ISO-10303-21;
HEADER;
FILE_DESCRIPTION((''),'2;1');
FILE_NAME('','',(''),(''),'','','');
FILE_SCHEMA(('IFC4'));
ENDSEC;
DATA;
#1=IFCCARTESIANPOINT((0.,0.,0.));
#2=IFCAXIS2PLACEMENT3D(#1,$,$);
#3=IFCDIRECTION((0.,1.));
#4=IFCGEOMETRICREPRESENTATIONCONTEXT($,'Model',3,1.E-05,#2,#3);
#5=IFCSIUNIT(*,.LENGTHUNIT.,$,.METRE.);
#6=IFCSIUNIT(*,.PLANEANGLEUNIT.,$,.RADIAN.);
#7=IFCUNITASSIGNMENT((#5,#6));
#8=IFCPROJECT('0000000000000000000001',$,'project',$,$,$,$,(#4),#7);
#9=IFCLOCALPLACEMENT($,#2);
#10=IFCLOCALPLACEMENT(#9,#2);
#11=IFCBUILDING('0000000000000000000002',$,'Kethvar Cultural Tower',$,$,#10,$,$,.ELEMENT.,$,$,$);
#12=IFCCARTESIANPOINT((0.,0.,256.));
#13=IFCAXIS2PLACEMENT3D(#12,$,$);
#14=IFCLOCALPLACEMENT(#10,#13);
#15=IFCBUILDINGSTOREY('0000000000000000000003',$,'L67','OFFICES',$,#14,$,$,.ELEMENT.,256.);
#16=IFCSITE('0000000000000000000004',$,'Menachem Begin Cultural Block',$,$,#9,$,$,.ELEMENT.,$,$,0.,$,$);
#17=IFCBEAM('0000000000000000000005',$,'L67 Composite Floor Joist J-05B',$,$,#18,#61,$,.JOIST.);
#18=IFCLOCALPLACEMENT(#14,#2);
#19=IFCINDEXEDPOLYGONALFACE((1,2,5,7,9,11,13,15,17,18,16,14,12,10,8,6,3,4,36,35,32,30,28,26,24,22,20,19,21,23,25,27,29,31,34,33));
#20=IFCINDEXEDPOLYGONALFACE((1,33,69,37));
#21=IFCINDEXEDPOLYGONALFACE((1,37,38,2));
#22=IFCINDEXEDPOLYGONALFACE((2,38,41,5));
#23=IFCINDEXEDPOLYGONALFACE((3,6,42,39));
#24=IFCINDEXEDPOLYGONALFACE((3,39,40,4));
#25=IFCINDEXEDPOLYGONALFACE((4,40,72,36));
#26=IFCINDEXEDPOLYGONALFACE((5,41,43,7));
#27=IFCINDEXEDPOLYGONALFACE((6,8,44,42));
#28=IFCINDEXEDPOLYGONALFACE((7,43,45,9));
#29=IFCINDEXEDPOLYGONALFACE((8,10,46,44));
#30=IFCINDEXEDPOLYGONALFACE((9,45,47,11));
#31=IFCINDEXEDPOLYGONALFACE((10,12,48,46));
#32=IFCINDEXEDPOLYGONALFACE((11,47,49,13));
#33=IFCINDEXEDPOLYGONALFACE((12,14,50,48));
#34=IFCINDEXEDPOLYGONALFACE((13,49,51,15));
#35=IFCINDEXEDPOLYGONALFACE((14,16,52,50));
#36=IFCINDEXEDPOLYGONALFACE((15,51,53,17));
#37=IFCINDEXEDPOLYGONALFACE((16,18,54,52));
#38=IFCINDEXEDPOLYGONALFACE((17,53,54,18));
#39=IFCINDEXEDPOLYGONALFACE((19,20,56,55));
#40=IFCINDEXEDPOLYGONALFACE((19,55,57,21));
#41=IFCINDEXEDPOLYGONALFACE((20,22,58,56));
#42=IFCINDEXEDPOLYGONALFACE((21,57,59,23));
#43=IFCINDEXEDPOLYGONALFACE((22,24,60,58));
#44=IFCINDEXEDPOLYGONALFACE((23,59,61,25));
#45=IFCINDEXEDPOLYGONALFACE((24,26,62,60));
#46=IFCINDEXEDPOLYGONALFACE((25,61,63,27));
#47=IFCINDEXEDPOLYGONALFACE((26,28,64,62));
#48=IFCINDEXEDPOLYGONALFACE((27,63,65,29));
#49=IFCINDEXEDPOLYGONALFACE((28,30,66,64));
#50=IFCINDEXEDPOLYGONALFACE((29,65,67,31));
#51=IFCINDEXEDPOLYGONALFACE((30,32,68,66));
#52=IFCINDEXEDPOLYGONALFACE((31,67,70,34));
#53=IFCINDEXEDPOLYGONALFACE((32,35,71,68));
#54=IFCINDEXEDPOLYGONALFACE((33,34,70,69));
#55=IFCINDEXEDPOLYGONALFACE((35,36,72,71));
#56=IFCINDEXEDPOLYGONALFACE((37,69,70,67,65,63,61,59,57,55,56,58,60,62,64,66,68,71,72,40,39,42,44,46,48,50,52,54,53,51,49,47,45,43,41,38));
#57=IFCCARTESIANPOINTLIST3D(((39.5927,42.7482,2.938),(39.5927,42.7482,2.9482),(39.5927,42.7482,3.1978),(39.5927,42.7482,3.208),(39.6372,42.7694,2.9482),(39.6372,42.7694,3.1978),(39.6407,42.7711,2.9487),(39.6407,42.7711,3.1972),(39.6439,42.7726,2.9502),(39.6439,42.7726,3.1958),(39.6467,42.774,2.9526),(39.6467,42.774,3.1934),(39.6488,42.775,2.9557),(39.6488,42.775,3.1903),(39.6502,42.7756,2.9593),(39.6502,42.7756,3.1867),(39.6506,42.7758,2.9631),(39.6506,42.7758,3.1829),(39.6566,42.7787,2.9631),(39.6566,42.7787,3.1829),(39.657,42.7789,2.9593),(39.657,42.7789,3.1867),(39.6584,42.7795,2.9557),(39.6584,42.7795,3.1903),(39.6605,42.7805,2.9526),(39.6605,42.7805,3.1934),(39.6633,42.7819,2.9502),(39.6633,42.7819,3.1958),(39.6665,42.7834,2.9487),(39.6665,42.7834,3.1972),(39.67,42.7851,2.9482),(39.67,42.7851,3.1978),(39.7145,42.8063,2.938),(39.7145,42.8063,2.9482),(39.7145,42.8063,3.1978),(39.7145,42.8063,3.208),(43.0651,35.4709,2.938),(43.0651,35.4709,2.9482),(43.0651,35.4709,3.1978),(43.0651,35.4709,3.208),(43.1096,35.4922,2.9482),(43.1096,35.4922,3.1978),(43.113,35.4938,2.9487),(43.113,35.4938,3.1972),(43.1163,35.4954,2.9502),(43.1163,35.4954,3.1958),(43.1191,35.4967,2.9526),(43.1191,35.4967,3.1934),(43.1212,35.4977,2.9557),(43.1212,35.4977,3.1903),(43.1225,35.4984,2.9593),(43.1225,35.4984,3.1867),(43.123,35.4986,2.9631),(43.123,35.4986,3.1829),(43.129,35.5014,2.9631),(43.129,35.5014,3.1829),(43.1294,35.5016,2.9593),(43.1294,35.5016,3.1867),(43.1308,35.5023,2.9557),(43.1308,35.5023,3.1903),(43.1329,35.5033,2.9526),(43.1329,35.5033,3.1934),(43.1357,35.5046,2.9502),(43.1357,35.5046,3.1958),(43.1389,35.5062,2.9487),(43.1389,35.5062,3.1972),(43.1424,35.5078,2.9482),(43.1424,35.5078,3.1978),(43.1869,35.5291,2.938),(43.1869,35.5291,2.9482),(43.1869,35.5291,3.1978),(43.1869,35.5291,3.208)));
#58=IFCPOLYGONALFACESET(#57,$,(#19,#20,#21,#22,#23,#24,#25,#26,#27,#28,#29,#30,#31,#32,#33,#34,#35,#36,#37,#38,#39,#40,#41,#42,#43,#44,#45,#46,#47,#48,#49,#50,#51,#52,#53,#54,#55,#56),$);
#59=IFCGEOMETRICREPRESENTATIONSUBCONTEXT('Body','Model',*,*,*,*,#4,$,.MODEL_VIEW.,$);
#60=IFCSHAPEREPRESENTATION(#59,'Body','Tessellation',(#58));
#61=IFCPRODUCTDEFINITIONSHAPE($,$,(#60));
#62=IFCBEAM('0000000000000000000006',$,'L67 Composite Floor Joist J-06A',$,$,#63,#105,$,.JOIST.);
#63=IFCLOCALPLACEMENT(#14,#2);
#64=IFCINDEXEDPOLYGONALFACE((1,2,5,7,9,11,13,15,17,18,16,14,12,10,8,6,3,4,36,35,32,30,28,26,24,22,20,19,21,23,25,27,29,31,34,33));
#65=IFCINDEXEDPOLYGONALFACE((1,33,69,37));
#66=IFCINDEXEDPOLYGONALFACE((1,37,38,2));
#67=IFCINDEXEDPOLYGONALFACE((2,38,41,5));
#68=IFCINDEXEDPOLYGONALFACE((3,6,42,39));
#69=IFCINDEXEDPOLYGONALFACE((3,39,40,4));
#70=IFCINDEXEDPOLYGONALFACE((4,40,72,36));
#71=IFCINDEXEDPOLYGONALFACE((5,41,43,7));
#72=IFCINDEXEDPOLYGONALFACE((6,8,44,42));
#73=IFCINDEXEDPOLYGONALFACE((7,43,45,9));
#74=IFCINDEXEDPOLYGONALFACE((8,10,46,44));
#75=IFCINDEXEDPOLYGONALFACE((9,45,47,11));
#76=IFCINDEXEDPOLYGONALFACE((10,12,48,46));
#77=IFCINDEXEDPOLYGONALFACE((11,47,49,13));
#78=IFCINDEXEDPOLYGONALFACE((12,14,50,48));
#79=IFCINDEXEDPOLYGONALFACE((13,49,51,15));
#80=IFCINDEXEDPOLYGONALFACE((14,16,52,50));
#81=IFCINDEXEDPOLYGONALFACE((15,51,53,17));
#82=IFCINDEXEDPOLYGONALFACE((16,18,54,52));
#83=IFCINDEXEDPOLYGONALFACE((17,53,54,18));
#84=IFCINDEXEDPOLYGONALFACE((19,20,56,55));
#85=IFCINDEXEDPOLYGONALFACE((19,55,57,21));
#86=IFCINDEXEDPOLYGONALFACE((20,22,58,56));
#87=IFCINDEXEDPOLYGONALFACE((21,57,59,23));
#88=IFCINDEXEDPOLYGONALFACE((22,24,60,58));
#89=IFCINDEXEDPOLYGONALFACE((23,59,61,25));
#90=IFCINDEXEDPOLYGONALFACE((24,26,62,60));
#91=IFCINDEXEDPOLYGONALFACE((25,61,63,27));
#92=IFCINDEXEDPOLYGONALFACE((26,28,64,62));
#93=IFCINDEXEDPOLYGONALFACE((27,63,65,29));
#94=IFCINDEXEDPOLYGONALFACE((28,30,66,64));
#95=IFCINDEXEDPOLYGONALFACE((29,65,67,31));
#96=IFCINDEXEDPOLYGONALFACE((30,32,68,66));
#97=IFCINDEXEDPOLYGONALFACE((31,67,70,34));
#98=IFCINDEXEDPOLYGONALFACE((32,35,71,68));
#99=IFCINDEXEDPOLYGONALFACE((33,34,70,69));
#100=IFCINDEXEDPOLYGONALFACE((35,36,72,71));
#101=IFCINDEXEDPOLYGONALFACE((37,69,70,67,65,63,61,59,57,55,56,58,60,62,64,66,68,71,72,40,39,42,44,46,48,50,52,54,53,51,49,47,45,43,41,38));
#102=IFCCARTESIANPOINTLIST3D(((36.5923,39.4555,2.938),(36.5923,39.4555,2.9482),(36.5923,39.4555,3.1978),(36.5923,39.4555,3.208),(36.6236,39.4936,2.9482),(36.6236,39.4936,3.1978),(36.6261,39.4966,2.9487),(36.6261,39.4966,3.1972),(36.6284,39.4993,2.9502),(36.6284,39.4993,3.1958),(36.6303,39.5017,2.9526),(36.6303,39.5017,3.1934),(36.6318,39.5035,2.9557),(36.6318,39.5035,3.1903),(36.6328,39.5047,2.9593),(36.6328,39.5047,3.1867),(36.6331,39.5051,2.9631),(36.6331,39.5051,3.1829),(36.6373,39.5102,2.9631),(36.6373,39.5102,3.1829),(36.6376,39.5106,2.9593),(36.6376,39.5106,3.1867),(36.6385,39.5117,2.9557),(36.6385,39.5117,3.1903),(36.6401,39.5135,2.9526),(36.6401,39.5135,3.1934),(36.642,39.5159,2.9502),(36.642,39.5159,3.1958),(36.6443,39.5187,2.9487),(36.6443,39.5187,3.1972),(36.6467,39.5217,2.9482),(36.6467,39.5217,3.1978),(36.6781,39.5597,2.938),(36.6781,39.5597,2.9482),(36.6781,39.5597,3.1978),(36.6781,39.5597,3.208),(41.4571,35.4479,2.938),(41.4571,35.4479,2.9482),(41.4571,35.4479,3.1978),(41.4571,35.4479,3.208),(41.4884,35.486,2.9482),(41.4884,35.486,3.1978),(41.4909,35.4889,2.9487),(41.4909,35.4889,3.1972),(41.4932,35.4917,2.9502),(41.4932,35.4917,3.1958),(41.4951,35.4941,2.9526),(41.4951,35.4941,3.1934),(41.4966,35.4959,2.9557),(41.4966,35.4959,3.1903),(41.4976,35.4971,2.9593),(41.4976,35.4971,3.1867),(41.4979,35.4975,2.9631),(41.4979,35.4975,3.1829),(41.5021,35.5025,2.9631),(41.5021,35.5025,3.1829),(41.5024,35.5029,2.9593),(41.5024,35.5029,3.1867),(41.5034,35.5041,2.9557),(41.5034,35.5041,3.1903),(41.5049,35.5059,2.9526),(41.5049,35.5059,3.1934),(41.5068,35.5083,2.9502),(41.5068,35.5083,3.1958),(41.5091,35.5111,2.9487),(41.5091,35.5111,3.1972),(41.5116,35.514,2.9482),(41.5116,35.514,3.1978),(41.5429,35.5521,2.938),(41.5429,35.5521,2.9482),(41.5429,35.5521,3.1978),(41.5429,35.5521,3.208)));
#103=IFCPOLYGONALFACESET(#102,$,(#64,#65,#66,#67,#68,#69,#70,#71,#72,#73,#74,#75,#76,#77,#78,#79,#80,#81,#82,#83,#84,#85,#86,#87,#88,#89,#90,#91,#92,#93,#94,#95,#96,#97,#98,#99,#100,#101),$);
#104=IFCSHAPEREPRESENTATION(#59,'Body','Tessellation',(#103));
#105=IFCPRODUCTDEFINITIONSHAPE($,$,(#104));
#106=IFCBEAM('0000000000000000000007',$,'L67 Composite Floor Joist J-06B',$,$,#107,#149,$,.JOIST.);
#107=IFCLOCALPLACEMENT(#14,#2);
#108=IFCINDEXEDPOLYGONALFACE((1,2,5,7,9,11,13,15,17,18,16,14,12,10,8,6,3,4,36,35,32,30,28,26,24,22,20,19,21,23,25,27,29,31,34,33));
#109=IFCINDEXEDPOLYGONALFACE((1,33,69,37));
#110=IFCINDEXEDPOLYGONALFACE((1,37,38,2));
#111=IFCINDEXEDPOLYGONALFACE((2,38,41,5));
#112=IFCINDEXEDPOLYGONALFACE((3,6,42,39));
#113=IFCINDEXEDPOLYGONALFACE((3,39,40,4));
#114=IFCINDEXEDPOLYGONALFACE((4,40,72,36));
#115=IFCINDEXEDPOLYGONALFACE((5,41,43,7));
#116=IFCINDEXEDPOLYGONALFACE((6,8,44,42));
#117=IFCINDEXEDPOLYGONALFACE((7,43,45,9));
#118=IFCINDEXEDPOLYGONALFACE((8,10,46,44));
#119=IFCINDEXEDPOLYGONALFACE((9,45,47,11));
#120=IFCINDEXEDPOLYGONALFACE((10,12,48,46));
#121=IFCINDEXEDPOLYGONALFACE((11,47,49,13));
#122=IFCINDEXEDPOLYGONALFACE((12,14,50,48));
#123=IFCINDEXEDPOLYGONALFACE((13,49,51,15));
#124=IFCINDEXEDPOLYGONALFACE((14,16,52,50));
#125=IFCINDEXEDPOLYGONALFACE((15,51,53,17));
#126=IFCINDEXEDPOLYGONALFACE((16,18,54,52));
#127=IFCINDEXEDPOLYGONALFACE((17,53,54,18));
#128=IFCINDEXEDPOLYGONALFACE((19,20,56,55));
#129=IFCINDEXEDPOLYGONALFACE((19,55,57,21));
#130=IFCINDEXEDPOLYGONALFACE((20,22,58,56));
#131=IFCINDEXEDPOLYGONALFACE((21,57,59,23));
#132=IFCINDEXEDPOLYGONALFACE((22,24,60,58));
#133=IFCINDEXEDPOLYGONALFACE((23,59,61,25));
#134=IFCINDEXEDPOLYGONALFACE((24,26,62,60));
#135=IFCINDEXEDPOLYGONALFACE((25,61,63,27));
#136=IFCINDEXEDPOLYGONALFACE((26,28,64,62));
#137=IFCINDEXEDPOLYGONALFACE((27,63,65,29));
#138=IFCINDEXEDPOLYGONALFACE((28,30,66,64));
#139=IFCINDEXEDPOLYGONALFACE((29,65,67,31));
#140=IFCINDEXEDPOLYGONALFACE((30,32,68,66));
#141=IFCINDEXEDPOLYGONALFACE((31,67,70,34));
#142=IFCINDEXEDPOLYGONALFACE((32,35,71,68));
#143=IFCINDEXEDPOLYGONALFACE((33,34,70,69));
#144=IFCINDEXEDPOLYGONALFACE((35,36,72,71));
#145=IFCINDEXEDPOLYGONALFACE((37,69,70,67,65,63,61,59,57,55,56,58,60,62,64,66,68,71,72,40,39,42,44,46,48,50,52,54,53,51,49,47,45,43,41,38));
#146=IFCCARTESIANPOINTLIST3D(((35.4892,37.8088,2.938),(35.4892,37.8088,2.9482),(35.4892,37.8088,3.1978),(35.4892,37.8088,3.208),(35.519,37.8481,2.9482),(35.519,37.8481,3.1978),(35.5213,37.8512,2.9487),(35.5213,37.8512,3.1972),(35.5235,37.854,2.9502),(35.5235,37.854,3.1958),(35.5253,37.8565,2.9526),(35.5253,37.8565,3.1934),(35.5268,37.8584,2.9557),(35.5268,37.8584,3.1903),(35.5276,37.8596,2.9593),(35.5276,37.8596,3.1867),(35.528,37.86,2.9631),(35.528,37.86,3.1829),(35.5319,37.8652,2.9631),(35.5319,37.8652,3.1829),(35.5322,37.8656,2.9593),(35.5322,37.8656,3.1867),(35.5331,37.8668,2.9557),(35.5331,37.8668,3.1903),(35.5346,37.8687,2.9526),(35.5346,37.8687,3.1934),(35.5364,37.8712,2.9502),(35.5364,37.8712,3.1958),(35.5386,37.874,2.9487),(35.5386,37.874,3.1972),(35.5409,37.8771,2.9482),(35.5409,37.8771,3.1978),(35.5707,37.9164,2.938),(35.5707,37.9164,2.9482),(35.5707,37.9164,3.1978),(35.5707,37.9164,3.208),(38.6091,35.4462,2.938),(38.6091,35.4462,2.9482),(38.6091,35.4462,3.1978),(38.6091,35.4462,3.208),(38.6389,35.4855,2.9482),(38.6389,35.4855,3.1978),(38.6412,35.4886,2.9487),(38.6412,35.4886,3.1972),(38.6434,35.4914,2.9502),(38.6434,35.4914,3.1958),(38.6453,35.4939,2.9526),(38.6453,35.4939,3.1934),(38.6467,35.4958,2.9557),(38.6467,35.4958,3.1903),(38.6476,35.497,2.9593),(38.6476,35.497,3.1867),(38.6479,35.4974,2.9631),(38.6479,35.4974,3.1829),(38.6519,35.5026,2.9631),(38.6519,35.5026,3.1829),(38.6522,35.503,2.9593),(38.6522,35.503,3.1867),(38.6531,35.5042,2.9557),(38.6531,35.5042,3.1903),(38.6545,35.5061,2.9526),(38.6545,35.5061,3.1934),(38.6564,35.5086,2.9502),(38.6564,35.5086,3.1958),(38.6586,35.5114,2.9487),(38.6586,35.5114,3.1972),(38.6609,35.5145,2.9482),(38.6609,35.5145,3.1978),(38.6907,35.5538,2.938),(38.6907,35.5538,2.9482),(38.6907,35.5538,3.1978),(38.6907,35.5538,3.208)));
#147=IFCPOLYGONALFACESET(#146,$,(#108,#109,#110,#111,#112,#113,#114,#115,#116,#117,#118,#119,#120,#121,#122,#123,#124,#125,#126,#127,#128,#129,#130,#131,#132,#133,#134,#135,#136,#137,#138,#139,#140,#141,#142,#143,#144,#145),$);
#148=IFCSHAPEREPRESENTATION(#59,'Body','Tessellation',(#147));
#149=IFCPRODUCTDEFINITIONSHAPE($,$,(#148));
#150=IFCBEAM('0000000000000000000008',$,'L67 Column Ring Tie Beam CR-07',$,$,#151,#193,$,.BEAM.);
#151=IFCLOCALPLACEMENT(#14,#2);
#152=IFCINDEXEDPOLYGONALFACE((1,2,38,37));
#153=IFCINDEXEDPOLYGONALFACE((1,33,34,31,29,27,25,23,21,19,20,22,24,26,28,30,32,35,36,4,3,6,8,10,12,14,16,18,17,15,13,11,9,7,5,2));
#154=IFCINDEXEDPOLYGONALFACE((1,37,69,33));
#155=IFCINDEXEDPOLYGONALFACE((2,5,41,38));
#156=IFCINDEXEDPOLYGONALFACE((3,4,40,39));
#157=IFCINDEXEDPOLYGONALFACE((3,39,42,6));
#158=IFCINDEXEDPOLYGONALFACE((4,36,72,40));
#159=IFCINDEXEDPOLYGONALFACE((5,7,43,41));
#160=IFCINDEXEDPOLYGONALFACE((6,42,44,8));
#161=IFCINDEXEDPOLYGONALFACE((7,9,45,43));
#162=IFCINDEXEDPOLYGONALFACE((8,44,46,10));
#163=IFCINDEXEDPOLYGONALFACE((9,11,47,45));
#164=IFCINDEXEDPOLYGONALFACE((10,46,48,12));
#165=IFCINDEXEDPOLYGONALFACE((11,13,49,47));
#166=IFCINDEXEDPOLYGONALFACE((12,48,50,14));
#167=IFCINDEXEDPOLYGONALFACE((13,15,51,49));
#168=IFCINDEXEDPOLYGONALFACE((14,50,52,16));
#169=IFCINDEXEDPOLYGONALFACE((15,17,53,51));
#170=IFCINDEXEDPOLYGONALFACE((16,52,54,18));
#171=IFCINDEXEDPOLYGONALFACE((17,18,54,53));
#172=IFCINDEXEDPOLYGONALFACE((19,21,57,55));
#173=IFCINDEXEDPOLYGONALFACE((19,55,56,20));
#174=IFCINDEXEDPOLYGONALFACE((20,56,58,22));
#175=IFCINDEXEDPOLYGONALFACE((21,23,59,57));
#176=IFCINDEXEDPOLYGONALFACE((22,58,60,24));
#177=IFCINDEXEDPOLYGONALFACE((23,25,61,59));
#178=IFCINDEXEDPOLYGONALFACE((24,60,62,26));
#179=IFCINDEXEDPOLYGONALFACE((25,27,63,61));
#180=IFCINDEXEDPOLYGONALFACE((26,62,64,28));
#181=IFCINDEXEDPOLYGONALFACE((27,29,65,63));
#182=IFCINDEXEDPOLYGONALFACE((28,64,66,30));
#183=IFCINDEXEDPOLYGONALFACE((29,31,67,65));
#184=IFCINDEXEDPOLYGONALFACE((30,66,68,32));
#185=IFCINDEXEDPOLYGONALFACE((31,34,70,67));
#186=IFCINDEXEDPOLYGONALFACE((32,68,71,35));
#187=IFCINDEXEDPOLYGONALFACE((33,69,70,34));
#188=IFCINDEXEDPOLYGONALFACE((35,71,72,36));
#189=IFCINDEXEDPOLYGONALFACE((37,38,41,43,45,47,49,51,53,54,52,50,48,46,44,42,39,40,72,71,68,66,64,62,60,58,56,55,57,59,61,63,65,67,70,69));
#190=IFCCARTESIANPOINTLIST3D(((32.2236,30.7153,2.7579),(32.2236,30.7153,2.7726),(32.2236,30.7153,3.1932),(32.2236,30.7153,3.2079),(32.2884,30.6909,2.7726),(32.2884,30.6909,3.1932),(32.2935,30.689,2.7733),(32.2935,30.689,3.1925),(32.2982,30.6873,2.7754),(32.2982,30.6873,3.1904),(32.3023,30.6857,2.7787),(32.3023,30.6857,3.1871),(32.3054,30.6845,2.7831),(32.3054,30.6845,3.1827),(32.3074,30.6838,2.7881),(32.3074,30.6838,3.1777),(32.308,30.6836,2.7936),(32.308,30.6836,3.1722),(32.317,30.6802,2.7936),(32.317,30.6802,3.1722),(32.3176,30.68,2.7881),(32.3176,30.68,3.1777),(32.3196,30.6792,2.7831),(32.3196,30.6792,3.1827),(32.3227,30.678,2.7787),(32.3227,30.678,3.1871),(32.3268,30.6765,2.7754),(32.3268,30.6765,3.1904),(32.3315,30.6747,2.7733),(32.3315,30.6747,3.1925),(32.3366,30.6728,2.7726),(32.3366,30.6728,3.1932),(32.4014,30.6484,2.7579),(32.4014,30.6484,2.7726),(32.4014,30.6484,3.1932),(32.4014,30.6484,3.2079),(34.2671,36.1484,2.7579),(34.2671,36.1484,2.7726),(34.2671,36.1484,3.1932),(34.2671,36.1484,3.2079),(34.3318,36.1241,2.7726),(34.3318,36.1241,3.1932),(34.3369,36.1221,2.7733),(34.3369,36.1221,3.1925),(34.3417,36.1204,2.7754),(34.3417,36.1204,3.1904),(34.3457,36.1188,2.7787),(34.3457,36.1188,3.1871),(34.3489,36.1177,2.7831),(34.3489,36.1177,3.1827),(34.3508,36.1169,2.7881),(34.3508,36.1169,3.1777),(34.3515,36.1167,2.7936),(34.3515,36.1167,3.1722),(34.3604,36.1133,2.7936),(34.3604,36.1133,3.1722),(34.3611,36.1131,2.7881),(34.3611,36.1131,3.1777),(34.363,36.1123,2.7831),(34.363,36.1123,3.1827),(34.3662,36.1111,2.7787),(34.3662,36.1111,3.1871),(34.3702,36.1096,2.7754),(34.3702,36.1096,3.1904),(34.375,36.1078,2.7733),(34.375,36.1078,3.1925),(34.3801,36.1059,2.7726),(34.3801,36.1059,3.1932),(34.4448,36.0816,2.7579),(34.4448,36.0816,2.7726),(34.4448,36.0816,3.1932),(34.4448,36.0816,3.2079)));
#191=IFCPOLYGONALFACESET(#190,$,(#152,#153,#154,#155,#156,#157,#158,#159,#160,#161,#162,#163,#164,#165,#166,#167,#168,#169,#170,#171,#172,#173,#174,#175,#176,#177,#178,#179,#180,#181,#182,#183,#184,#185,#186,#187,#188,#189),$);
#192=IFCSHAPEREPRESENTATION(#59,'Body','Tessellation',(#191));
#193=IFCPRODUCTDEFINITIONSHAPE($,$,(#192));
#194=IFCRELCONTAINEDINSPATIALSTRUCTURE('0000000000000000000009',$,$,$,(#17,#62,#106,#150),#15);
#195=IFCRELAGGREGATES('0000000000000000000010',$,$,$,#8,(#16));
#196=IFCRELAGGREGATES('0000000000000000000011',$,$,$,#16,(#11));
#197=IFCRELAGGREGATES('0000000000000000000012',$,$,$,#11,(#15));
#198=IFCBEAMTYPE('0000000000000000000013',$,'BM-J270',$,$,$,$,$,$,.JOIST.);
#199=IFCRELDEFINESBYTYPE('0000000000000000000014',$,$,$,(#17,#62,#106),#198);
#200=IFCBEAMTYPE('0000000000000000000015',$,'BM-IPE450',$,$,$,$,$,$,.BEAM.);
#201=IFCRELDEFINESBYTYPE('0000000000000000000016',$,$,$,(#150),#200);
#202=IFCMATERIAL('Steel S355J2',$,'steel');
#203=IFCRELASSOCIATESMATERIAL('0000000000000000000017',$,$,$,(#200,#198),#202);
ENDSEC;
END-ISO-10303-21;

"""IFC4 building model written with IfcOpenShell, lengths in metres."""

from ifc_helpers import new_model, si_unit, direction, frame, origin, origin_2d, place, context, subcontext, project, spatial, i_section, extrude, source, transform, mapped, material, material_profile, profile_set, type_object, element, save


model = new_model("IFC4")

# Units and contexts
model_context = context("Model", 3, precision=1e-05, world=origin(), true_north=direction((0.0, 1.0)))
body_context = subcontext(model_context, "Body", "Model", "MODEL_VIEW")
ifc_project = project(units=[si_unit("LENGTHUNIT", "METRE"), si_unit("PLANEANGLEUNIT", "RADIAN")], contexts=[model_context])

# Site, building, storey
site_placement = place(None, origin())
site = spatial("IfcSite", under=ifc_project, at=site_placement, Name="Menachem Begin Cultural Block", CompositionType="ELEMENT", RefElevation=0.0)
building_placement = place(site_placement, origin())
building = spatial("IfcBuilding", under=site, at=building_placement, Name="Kethvar Cultural Tower", CompositionType="ELEMENT")
storey_placement = place(building_placement, frame((0.0, 0.0, 256.0)))
storey = spatial("IfcBuildingStorey", under=building, at=storey_placement, Name="L67", Description="OFFICES", CompositionType="ELEMENT", Elevation=256.0)

# Beams
ifc_material_1 = material(Name="Steel S355J2", Category="steel")
ifc_material_profile_1 = material_profile(ifc_material_1, i_section(OverallWidth=0.1899, OverallDepth=0.45, WebThickness=0.0095, FlangeThickness=0.0146, FilletRadius=0.021, at=origin_2d()), Name="Steel S355J2 — IPE450")
ifc_profile_set_1 = profile_set([ifc_material_profile_1], Name="Steel S355J2 — IPE450")
beam_type_1 = type_object("IfcBeamType", Name="BM-IPE450", PredefinedType="BEAM", material=ifc_profile_set_1)
ifc_material_profile_2 = material_profile(ifc_material_1, i_section(OverallWidth=0.135, OverallDepth=0.27, WebThickness=0.0066, FlangeThickness=0.0103, FilletRadius=0.0149, at=origin_2d()), Name="Steel S355J2 — IPE270")
ifc_profile_set_2 = profile_set([ifc_material_profile_2], Name="Steel S355J2 — IPE270")
beam_type_2 = type_object("IfcBeamType", Name="BM-J270", PredefinedType="JOIST", material=ifc_profile_set_2)
shared_shape_1 = source(origin(), body_context, "Body", "SweptSolid", [
    extrude(i_section(OverallWidth=0.135, OverallDepth=0.27, WebThickness=0.0066, FlangeThickness=0.0103, FilletRadius=0.0149, at=origin_2d()), origin(), (0.0, 0.0, 1.0), 8.0632),
])
beam_1_placement = place(storey_placement, frame((43.126, 35.5, 3.073), z_axis=(-0.430642, 0.902523, 0.0), x_axis=(-0.902523, -0.430642, 0.0)))
element("IfcBeam", 1, at=beam_1_placement, inside=storey, type_object=beam_type_2, Name="L67 Composite Floor Joist J-05B", PredefinedType="JOIST", context=body_context, shape_type="MappedRepresentation", body=[
    mapped(shared_shape_1, transform((0.0, 0.0, 0.0), scale=1.0)),
])
shared_shape_2 = source(origin(), body_context, "Body", "SweptSolid", [
    extrude(i_section(OverallWidth=0.135, OverallDepth=0.27, WebThickness=0.0066, FlangeThickness=0.0103, FilletRadius=0.0149, at=origin_2d()), origin(), (0.0, 0.0, 1.0), 6.303),
])
beam_2_placement = place(storey_placement, frame((41.5, 35.5, 3.073), z_axis=(-0.771828, 0.635831, 0.0), x_axis=(-0.635831, -0.771828, 0.0)))
element("IfcBeam", 2, at=beam_2_placement, inside=storey, type_object=beam_type_2, Name="L67 Composite Floor Joist J-06A", PredefinedType="JOIST", context=body_context, shape_type="MappedRepresentation", body=[
    mapped(shared_shape_2, transform((0.0, 0.0, 0.0), scale=1.0)),
])
shared_shape_3 = source(origin(), body_context, "Body", "SweptSolid", [
    extrude(i_section(OverallWidth=0.135, OverallDepth=0.27, WebThickness=0.0066, FlangeThickness=0.0103, FilletRadius=0.0149, at=origin_2d()), origin(), (0.0, 0.0, 1.0), 3.9136),
])
beam_3_placement = place(storey_placement, frame((38.6499, 35.5, 3.073), z_axis=(-0.797214, 0.603697, 0.0), x_axis=(-0.603697, -0.797214, 0.0)))
element("IfcBeam", 3, at=beam_3_placement, inside=storey, type_object=beam_type_2, Name="L67 Composite Floor Joist J-06B", PredefinedType="JOIST", context=body_context, shape_type="MappedRepresentation", body=[
    mapped(shared_shape_3, transform((0.0, 0.0, 0.0), scale=1.0)),
])
shared_shape_4 = source(origin(), body_context, "Body", "SweptSolid", [
    extrude(i_section(OverallWidth=0.1899, OverallDepth=0.45, WebThickness=0.0095, FlangeThickness=0.0146, FilletRadius=0.021, at=origin_2d()), origin(), (0.0, 0.0, 1.0), 5.8047),
])
beam_4_placement = place(storey_placement, frame((34.356, 36.115, 2.9829), z_axis=(-0.352036, -0.935986, 0.0), x_axis=(0.935986, -0.352036, 0.0)))
element("IfcBeam", 4, at=beam_4_placement, inside=storey, type_object=beam_type_1, Name="L67 Column Ring Tie Beam CR-07", PredefinedType="BEAM", context=body_context, shape_type="MappedRepresentation", body=[
    mapped(shared_shape_4, transform((0.0, 0.0, 0.0), scale=1.0)),
])

save(model, "model.ifc")
